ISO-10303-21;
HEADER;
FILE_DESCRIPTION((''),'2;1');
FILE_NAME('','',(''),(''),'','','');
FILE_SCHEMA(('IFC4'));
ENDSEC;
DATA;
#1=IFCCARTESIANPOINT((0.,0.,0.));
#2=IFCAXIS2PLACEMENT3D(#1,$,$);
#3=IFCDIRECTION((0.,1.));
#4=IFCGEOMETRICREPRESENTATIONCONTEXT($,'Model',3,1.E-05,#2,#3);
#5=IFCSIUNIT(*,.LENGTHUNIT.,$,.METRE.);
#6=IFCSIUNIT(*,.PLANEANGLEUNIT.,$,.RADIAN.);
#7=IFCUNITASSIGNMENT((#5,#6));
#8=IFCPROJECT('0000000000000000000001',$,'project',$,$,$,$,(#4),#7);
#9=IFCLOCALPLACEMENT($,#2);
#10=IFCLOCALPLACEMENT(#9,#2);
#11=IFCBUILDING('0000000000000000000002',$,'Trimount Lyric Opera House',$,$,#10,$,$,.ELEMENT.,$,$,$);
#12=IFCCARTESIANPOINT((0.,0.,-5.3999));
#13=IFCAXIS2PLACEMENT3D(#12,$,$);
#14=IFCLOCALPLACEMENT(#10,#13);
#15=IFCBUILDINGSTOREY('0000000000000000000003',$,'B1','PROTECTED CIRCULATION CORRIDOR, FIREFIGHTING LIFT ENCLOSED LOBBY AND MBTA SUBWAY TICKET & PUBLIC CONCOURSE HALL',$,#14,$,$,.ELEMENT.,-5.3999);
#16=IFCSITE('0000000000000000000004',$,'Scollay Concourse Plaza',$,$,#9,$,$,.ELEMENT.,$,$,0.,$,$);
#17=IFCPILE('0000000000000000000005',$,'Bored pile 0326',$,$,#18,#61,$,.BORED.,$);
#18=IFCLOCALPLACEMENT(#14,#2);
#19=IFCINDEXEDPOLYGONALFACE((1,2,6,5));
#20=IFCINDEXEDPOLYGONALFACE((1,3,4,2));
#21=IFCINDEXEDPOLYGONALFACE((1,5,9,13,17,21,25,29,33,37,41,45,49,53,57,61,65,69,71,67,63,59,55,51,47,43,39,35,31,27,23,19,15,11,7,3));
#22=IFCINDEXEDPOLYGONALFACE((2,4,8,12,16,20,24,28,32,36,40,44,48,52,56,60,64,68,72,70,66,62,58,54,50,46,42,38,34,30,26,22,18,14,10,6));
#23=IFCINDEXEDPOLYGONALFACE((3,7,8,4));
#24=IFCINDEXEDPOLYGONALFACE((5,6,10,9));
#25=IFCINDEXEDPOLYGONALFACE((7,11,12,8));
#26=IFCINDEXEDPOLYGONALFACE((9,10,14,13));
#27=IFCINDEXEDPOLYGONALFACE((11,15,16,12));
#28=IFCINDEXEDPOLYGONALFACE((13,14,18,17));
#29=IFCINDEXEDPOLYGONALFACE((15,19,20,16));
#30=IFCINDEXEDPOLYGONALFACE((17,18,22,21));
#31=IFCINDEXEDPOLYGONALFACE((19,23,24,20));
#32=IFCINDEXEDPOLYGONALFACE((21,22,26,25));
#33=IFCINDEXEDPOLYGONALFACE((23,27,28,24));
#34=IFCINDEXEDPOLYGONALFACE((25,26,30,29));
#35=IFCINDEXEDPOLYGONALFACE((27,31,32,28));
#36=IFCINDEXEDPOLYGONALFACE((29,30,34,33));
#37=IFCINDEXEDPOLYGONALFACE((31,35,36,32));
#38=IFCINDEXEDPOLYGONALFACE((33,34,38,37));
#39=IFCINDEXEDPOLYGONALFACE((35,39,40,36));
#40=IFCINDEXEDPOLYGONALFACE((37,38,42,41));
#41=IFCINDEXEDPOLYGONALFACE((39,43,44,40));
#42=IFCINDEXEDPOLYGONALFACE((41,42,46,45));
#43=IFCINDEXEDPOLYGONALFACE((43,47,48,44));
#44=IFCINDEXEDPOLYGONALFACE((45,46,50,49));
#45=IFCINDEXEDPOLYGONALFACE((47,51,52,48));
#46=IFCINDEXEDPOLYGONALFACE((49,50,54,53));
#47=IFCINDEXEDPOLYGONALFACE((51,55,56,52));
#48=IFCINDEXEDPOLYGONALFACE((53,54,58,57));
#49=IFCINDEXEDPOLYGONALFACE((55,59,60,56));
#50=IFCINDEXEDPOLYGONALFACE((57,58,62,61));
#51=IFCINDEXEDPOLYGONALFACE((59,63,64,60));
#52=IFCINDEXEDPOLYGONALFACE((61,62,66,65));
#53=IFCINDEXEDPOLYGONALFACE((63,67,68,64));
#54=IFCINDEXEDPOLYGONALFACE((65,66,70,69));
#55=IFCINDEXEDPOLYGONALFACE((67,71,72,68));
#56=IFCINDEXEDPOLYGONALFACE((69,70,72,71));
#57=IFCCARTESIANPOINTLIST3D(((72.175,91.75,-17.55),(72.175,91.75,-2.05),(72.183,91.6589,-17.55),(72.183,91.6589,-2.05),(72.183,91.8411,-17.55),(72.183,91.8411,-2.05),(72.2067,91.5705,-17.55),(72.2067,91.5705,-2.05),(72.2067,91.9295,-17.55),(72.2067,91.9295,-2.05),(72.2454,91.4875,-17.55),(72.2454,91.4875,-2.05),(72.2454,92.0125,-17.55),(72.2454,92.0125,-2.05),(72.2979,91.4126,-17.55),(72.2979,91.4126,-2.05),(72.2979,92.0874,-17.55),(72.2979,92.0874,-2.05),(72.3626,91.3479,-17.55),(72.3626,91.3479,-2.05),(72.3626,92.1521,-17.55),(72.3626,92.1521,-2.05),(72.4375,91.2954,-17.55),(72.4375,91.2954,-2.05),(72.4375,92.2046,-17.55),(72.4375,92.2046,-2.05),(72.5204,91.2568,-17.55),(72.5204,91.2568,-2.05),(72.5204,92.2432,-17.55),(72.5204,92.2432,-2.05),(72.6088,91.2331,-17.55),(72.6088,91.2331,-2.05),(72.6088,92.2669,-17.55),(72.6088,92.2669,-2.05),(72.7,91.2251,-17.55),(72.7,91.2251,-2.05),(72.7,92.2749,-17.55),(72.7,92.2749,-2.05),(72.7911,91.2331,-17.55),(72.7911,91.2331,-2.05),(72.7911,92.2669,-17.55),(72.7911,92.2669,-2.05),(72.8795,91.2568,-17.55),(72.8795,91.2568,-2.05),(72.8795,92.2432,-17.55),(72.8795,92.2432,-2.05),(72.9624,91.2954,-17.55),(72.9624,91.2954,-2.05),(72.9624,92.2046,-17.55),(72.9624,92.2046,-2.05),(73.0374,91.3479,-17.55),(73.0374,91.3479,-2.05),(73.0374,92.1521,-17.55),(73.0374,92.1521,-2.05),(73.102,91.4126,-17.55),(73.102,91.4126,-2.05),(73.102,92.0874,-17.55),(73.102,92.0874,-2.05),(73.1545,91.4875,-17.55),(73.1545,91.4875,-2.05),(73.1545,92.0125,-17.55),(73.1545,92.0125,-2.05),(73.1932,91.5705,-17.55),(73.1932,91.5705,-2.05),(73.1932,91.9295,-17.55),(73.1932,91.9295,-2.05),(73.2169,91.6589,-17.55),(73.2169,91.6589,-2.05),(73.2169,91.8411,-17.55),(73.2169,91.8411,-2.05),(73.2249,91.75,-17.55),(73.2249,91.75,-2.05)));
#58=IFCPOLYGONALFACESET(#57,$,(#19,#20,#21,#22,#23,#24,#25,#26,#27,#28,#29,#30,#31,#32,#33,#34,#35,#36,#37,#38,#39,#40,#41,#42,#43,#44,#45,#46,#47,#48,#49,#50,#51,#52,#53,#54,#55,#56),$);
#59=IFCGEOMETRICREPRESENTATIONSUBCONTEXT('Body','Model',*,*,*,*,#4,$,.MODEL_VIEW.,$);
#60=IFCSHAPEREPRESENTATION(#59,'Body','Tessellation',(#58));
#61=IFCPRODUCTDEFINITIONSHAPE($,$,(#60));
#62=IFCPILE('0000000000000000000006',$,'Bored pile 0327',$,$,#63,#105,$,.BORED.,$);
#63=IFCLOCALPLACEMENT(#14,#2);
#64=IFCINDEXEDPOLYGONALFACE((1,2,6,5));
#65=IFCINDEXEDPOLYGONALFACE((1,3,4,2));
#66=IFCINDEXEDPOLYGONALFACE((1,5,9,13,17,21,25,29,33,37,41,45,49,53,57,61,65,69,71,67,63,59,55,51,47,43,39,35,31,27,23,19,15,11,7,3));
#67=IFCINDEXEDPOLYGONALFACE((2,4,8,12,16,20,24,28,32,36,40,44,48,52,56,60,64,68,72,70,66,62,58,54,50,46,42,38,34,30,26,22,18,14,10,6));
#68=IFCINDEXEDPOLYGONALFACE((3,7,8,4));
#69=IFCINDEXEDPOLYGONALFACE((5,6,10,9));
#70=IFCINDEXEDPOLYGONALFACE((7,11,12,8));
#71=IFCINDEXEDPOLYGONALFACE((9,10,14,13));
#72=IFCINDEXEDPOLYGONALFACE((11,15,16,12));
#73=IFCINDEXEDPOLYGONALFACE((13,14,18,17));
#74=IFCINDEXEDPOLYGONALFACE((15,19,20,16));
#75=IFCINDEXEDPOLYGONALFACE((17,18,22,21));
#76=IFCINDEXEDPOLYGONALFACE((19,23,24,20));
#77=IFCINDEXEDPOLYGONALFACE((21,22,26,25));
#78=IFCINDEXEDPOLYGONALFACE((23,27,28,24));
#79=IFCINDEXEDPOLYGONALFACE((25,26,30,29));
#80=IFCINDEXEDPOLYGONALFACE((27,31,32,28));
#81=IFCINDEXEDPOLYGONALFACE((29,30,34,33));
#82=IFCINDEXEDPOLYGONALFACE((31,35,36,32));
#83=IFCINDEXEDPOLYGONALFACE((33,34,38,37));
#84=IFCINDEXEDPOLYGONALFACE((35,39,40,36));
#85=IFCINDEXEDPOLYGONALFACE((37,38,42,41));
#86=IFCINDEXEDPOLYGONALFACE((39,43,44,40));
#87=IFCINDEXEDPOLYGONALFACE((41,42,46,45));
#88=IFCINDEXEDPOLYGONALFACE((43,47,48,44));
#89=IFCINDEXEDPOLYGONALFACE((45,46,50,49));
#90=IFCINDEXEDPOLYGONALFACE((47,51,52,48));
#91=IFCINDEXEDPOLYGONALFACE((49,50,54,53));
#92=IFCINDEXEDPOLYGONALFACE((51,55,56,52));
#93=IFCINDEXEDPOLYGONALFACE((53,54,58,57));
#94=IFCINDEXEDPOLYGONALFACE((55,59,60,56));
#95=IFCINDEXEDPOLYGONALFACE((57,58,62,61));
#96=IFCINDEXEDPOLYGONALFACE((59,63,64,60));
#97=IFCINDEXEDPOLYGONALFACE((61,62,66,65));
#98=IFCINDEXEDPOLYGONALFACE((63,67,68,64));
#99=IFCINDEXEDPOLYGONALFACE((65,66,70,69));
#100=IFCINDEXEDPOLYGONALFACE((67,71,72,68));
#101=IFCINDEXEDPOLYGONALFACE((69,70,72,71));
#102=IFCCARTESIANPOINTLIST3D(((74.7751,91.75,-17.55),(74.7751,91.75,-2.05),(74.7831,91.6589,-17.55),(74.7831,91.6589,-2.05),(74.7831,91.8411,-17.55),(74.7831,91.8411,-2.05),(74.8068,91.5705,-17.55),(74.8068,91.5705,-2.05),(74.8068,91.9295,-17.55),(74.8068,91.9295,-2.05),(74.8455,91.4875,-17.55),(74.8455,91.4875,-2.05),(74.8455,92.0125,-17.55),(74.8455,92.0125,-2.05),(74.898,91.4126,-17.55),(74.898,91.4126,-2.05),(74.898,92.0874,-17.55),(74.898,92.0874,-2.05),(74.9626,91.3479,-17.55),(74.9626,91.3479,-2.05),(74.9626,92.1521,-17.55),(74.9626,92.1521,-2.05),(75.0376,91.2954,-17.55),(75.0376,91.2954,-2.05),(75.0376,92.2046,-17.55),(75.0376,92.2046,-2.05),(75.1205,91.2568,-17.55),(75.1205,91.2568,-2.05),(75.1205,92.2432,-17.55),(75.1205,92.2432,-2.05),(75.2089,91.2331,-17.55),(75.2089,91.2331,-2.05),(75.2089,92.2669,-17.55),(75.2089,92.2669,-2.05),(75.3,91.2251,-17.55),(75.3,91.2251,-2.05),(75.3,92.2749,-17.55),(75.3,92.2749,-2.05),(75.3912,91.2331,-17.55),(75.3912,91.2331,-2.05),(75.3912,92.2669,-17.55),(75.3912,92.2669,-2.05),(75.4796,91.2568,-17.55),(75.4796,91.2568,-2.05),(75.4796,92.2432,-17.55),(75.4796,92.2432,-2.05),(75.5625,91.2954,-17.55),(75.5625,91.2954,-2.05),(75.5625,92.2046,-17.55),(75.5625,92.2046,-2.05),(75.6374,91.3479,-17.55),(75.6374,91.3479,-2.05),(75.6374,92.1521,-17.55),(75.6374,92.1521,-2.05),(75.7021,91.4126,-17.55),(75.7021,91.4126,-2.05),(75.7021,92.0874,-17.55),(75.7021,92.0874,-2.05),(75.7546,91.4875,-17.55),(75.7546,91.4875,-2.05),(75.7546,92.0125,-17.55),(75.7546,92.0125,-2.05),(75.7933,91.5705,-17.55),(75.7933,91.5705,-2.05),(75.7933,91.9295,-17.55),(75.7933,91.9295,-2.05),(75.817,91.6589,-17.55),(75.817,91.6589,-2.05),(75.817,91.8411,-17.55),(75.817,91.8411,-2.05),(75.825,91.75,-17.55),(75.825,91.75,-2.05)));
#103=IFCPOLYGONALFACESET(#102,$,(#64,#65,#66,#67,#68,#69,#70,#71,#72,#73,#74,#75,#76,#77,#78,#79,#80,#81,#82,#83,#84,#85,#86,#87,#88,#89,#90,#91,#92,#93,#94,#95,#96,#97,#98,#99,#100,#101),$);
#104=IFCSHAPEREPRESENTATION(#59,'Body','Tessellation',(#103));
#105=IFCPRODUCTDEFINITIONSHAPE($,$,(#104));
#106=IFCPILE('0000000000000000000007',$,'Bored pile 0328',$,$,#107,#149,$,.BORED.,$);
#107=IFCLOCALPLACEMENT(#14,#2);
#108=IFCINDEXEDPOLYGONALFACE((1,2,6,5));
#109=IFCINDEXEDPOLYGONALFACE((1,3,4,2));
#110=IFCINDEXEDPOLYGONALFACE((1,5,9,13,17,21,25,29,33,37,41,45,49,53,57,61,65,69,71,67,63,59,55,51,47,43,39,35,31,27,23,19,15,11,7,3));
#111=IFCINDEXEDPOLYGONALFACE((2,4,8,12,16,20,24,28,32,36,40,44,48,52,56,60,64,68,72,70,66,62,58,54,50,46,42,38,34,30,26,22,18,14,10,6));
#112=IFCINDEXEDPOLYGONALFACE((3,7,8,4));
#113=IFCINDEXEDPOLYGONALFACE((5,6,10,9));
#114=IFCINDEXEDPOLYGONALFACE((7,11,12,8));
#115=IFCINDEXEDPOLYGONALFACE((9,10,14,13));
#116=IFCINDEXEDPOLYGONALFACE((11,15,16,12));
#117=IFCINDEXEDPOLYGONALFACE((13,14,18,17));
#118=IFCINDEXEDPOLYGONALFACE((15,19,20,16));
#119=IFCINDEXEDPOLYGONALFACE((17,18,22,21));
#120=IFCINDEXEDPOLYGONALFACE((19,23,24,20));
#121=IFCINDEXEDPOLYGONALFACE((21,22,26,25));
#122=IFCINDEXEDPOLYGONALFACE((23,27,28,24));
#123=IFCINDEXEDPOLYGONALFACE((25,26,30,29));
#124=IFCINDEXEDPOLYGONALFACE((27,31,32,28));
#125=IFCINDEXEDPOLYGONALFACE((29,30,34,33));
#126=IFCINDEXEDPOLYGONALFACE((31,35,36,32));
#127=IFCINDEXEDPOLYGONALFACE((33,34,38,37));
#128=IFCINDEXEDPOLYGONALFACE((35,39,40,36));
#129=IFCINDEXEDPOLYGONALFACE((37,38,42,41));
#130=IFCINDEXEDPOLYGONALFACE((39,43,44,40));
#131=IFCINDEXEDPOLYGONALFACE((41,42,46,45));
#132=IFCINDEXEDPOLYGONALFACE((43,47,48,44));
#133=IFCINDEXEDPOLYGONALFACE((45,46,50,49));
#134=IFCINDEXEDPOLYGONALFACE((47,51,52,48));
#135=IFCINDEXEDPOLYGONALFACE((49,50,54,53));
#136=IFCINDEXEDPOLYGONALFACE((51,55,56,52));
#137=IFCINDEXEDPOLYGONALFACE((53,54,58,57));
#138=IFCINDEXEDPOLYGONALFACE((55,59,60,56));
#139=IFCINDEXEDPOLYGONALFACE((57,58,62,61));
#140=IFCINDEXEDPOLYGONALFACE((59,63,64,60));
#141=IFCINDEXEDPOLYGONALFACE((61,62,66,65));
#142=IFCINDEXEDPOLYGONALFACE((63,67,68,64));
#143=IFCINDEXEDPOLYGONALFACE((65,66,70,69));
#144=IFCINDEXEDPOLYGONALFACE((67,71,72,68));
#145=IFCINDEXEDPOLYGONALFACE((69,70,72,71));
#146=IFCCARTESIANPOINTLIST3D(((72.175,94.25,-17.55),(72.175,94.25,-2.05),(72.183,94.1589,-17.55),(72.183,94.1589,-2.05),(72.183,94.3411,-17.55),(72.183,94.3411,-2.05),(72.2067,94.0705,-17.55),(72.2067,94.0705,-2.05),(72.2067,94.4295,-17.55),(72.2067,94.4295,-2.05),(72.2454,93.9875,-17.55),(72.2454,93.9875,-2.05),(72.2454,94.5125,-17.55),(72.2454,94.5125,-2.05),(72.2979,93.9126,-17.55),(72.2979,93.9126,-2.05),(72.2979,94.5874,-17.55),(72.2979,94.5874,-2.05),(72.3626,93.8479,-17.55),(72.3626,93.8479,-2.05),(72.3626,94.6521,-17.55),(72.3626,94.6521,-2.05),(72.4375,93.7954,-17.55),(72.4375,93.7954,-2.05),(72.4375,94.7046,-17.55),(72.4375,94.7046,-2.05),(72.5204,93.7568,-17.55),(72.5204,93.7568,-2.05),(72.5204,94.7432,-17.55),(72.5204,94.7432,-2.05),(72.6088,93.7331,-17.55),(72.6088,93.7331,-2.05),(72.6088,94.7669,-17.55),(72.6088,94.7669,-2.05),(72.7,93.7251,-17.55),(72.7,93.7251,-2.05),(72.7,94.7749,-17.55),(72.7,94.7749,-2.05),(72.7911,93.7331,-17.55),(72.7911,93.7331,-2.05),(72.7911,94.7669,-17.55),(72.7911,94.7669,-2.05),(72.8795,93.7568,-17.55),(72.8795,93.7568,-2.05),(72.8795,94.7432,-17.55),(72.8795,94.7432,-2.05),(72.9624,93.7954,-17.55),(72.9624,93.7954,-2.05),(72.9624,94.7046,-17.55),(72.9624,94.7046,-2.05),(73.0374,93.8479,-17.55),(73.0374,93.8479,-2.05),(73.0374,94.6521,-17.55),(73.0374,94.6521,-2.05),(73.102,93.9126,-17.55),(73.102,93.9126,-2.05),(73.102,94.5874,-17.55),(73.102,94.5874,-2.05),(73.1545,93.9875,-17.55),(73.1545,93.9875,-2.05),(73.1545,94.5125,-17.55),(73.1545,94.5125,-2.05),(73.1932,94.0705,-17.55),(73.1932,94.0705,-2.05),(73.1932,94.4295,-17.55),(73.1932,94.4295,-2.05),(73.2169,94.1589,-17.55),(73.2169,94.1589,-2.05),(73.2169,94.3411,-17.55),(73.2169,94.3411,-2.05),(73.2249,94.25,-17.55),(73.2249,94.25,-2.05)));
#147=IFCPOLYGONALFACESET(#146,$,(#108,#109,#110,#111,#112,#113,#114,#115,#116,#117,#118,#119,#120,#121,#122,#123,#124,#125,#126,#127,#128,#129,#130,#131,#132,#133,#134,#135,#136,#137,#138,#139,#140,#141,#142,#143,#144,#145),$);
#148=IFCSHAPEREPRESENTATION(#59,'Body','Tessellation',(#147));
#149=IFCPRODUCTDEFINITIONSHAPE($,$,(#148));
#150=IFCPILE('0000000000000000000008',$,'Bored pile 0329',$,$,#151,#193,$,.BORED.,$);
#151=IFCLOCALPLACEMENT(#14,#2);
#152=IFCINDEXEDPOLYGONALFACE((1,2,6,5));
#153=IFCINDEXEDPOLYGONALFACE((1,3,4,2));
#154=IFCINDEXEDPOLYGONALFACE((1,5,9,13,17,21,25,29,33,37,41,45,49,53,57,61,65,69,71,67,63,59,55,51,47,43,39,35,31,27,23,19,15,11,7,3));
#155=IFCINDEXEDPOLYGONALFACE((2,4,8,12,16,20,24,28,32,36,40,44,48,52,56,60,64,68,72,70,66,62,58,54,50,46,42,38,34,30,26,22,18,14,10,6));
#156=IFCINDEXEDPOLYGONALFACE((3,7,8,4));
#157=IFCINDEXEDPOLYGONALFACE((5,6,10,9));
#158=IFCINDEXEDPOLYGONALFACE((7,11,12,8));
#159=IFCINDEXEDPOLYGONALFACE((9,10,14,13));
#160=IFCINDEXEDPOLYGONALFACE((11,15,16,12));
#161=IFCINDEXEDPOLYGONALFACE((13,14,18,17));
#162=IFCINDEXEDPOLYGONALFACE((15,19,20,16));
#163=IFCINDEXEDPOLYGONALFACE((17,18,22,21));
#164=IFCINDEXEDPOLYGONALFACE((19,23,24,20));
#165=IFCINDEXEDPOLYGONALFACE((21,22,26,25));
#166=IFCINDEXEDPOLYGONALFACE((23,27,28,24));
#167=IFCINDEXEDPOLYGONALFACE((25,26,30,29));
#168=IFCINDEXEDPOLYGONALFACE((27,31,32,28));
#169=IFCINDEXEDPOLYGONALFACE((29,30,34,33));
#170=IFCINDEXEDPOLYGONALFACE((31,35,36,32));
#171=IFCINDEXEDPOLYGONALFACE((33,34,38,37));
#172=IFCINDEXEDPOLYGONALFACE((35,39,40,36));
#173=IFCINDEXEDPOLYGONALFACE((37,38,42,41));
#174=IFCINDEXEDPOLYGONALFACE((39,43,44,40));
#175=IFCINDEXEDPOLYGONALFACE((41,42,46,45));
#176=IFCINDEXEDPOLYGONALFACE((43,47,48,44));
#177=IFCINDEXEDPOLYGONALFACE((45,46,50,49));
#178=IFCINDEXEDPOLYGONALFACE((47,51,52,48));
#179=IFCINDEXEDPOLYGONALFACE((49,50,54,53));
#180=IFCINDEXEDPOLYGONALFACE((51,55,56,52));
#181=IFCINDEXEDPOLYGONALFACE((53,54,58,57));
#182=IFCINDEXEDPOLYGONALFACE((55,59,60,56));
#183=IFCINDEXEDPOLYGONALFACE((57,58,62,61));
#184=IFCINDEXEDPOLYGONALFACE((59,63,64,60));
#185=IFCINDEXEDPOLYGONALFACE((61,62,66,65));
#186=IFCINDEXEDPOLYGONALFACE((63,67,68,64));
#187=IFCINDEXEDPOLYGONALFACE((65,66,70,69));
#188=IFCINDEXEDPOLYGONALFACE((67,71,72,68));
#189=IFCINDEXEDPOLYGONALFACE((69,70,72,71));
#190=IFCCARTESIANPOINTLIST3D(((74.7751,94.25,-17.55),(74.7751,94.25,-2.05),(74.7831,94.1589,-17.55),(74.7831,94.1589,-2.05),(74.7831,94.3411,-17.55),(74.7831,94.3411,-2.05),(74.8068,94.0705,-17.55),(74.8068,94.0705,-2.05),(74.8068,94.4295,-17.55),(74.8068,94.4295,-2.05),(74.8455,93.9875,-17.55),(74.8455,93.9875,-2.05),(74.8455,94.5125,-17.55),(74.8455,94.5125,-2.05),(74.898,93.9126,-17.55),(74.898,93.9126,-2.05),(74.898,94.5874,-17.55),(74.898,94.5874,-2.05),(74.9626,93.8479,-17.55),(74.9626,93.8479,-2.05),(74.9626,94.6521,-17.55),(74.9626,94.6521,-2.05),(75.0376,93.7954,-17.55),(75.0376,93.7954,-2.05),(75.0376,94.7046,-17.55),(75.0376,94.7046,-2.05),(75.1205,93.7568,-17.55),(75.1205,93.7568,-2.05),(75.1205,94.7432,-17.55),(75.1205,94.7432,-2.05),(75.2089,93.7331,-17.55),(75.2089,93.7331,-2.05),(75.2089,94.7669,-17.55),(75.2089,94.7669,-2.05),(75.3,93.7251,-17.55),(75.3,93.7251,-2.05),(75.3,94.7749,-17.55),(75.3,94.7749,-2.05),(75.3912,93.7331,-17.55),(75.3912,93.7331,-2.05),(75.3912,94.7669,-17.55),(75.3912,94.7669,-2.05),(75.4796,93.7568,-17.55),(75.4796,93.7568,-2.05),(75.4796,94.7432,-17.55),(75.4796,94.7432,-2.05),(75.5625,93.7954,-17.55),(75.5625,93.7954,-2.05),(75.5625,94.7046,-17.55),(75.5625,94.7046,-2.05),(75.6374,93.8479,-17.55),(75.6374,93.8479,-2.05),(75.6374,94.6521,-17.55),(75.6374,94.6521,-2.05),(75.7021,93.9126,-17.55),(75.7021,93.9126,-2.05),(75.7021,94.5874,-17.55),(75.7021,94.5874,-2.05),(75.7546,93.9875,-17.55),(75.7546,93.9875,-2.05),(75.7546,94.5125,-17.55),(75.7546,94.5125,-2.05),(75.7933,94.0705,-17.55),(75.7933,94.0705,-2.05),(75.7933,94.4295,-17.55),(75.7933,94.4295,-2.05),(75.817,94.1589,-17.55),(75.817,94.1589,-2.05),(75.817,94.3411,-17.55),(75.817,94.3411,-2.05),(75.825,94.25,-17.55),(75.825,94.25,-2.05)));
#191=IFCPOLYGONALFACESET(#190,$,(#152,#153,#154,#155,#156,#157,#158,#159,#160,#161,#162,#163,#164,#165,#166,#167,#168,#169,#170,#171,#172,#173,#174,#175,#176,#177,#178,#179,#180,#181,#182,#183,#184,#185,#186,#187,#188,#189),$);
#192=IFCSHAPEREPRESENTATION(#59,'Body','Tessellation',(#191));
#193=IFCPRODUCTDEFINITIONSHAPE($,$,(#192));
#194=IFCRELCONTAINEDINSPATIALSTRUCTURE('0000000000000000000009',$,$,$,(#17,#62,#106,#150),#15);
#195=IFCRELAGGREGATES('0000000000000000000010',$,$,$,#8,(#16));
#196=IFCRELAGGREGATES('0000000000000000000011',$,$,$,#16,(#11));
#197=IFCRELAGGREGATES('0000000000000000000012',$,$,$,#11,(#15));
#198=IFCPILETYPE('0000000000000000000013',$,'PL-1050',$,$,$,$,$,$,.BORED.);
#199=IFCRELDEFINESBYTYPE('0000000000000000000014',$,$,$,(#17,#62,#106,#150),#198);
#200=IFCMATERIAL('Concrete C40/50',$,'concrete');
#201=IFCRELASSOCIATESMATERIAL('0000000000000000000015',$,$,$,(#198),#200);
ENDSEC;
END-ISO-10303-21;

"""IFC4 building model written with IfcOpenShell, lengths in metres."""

from ifc_helpers import new_model, si_unit, direction, frame, origin, origin_2d, place, context, subcontext, project, spatial, circle, extrude, material, material_profile, profile_set, type_object, element, save


model = new_model("IFC4")

# Units and contexts
model_context = context("Model", 3, precision=1e-05, world=origin(), true_north=direction((0.0, 1.0)))
body_context = subcontext(model_context, "Body", "Model", "MODEL_VIEW")
ifc_project = project(units=[si_unit("LENGTHUNIT", "METRE"), si_unit("PLANEANGLEUNIT", "RADIAN")], contexts=[model_context])

# Site, building, storey
site_placement = place(None, origin())
site = spatial("IfcSite", under=ifc_project, at=site_placement, Name="Scollay Concourse Plaza", CompositionType="ELEMENT", RefElevation=0.0)
building_placement = place(site_placement, origin())
building = spatial("IfcBuilding", under=site, at=building_placement, Name="Trimount Lyric Opera House", CompositionType="ELEMENT")
storey_placement = place(building_placement, frame((0.0, 0.0, -5.3999)))
storey = spatial("IfcBuildingStorey", under=building, at=storey_placement, Name="B1", Description="PROTECTED CIRCULATION CORRIDOR, FIREFIGHTING LIFT ENCLOSED LOBBY AND MBTA SUBWAY TICKET & PUBLIC CONCOURSE HALL", CompositionType="ELEMENT", Elevation=-5.3999)

# Piles
ifc_material_1 = material(Name="Concrete C40/50", Category="concrete")
ifc_material_profile_1 = material_profile(ifc_material_1, circle(Radius=0.5249, at=origin_2d()), Name="PILE-D1050")
ifc_profile_set_1 = profile_set([ifc_material_profile_1], Name="Concrete C40/50")
pile_type_1 = type_object("IfcPileType", Name="PL-1050", PredefinedType="BORED", material=ifc_profile_set_1)
for number, where, z_axis, x_axis, name in (
    (1, (72.7, 91.75, -2.05), (0.0, 0.0, -1.0), (1.0, 0.0, 0.0), "Bored pile 0326"),
    (2, (75.3, 91.75, -2.05), (0.0, 0.0, -1.0), (1.0, 0.0, 0.0), "Bored pile 0327"),
    (3, (72.7, 94.25, -2.05), (0.0, 0.0, -1.0), (1.0, 0.0, 0.0), "Bored pile 0328"),
    (4, (75.3, 94.25, -2.05), (0.0, 0.0, -1.0), (1.0, 0.0, 0.0), "Bored pile 0329"),
):
    element("IfcPile", number, at=place(storey_placement, frame(where, z_axis=z_axis, x_axis=x_axis)), inside=storey, type_object=pile_type_1, Name=name, PredefinedType="BORED", context=body_context, shape_type="SweptSolid", body=[
        extrude(circle(Radius=0.5249, at=origin_2d()), origin(), (0.0, 0.0, 1.0), 15.5),
    ])

save(model, "model.ifc")
